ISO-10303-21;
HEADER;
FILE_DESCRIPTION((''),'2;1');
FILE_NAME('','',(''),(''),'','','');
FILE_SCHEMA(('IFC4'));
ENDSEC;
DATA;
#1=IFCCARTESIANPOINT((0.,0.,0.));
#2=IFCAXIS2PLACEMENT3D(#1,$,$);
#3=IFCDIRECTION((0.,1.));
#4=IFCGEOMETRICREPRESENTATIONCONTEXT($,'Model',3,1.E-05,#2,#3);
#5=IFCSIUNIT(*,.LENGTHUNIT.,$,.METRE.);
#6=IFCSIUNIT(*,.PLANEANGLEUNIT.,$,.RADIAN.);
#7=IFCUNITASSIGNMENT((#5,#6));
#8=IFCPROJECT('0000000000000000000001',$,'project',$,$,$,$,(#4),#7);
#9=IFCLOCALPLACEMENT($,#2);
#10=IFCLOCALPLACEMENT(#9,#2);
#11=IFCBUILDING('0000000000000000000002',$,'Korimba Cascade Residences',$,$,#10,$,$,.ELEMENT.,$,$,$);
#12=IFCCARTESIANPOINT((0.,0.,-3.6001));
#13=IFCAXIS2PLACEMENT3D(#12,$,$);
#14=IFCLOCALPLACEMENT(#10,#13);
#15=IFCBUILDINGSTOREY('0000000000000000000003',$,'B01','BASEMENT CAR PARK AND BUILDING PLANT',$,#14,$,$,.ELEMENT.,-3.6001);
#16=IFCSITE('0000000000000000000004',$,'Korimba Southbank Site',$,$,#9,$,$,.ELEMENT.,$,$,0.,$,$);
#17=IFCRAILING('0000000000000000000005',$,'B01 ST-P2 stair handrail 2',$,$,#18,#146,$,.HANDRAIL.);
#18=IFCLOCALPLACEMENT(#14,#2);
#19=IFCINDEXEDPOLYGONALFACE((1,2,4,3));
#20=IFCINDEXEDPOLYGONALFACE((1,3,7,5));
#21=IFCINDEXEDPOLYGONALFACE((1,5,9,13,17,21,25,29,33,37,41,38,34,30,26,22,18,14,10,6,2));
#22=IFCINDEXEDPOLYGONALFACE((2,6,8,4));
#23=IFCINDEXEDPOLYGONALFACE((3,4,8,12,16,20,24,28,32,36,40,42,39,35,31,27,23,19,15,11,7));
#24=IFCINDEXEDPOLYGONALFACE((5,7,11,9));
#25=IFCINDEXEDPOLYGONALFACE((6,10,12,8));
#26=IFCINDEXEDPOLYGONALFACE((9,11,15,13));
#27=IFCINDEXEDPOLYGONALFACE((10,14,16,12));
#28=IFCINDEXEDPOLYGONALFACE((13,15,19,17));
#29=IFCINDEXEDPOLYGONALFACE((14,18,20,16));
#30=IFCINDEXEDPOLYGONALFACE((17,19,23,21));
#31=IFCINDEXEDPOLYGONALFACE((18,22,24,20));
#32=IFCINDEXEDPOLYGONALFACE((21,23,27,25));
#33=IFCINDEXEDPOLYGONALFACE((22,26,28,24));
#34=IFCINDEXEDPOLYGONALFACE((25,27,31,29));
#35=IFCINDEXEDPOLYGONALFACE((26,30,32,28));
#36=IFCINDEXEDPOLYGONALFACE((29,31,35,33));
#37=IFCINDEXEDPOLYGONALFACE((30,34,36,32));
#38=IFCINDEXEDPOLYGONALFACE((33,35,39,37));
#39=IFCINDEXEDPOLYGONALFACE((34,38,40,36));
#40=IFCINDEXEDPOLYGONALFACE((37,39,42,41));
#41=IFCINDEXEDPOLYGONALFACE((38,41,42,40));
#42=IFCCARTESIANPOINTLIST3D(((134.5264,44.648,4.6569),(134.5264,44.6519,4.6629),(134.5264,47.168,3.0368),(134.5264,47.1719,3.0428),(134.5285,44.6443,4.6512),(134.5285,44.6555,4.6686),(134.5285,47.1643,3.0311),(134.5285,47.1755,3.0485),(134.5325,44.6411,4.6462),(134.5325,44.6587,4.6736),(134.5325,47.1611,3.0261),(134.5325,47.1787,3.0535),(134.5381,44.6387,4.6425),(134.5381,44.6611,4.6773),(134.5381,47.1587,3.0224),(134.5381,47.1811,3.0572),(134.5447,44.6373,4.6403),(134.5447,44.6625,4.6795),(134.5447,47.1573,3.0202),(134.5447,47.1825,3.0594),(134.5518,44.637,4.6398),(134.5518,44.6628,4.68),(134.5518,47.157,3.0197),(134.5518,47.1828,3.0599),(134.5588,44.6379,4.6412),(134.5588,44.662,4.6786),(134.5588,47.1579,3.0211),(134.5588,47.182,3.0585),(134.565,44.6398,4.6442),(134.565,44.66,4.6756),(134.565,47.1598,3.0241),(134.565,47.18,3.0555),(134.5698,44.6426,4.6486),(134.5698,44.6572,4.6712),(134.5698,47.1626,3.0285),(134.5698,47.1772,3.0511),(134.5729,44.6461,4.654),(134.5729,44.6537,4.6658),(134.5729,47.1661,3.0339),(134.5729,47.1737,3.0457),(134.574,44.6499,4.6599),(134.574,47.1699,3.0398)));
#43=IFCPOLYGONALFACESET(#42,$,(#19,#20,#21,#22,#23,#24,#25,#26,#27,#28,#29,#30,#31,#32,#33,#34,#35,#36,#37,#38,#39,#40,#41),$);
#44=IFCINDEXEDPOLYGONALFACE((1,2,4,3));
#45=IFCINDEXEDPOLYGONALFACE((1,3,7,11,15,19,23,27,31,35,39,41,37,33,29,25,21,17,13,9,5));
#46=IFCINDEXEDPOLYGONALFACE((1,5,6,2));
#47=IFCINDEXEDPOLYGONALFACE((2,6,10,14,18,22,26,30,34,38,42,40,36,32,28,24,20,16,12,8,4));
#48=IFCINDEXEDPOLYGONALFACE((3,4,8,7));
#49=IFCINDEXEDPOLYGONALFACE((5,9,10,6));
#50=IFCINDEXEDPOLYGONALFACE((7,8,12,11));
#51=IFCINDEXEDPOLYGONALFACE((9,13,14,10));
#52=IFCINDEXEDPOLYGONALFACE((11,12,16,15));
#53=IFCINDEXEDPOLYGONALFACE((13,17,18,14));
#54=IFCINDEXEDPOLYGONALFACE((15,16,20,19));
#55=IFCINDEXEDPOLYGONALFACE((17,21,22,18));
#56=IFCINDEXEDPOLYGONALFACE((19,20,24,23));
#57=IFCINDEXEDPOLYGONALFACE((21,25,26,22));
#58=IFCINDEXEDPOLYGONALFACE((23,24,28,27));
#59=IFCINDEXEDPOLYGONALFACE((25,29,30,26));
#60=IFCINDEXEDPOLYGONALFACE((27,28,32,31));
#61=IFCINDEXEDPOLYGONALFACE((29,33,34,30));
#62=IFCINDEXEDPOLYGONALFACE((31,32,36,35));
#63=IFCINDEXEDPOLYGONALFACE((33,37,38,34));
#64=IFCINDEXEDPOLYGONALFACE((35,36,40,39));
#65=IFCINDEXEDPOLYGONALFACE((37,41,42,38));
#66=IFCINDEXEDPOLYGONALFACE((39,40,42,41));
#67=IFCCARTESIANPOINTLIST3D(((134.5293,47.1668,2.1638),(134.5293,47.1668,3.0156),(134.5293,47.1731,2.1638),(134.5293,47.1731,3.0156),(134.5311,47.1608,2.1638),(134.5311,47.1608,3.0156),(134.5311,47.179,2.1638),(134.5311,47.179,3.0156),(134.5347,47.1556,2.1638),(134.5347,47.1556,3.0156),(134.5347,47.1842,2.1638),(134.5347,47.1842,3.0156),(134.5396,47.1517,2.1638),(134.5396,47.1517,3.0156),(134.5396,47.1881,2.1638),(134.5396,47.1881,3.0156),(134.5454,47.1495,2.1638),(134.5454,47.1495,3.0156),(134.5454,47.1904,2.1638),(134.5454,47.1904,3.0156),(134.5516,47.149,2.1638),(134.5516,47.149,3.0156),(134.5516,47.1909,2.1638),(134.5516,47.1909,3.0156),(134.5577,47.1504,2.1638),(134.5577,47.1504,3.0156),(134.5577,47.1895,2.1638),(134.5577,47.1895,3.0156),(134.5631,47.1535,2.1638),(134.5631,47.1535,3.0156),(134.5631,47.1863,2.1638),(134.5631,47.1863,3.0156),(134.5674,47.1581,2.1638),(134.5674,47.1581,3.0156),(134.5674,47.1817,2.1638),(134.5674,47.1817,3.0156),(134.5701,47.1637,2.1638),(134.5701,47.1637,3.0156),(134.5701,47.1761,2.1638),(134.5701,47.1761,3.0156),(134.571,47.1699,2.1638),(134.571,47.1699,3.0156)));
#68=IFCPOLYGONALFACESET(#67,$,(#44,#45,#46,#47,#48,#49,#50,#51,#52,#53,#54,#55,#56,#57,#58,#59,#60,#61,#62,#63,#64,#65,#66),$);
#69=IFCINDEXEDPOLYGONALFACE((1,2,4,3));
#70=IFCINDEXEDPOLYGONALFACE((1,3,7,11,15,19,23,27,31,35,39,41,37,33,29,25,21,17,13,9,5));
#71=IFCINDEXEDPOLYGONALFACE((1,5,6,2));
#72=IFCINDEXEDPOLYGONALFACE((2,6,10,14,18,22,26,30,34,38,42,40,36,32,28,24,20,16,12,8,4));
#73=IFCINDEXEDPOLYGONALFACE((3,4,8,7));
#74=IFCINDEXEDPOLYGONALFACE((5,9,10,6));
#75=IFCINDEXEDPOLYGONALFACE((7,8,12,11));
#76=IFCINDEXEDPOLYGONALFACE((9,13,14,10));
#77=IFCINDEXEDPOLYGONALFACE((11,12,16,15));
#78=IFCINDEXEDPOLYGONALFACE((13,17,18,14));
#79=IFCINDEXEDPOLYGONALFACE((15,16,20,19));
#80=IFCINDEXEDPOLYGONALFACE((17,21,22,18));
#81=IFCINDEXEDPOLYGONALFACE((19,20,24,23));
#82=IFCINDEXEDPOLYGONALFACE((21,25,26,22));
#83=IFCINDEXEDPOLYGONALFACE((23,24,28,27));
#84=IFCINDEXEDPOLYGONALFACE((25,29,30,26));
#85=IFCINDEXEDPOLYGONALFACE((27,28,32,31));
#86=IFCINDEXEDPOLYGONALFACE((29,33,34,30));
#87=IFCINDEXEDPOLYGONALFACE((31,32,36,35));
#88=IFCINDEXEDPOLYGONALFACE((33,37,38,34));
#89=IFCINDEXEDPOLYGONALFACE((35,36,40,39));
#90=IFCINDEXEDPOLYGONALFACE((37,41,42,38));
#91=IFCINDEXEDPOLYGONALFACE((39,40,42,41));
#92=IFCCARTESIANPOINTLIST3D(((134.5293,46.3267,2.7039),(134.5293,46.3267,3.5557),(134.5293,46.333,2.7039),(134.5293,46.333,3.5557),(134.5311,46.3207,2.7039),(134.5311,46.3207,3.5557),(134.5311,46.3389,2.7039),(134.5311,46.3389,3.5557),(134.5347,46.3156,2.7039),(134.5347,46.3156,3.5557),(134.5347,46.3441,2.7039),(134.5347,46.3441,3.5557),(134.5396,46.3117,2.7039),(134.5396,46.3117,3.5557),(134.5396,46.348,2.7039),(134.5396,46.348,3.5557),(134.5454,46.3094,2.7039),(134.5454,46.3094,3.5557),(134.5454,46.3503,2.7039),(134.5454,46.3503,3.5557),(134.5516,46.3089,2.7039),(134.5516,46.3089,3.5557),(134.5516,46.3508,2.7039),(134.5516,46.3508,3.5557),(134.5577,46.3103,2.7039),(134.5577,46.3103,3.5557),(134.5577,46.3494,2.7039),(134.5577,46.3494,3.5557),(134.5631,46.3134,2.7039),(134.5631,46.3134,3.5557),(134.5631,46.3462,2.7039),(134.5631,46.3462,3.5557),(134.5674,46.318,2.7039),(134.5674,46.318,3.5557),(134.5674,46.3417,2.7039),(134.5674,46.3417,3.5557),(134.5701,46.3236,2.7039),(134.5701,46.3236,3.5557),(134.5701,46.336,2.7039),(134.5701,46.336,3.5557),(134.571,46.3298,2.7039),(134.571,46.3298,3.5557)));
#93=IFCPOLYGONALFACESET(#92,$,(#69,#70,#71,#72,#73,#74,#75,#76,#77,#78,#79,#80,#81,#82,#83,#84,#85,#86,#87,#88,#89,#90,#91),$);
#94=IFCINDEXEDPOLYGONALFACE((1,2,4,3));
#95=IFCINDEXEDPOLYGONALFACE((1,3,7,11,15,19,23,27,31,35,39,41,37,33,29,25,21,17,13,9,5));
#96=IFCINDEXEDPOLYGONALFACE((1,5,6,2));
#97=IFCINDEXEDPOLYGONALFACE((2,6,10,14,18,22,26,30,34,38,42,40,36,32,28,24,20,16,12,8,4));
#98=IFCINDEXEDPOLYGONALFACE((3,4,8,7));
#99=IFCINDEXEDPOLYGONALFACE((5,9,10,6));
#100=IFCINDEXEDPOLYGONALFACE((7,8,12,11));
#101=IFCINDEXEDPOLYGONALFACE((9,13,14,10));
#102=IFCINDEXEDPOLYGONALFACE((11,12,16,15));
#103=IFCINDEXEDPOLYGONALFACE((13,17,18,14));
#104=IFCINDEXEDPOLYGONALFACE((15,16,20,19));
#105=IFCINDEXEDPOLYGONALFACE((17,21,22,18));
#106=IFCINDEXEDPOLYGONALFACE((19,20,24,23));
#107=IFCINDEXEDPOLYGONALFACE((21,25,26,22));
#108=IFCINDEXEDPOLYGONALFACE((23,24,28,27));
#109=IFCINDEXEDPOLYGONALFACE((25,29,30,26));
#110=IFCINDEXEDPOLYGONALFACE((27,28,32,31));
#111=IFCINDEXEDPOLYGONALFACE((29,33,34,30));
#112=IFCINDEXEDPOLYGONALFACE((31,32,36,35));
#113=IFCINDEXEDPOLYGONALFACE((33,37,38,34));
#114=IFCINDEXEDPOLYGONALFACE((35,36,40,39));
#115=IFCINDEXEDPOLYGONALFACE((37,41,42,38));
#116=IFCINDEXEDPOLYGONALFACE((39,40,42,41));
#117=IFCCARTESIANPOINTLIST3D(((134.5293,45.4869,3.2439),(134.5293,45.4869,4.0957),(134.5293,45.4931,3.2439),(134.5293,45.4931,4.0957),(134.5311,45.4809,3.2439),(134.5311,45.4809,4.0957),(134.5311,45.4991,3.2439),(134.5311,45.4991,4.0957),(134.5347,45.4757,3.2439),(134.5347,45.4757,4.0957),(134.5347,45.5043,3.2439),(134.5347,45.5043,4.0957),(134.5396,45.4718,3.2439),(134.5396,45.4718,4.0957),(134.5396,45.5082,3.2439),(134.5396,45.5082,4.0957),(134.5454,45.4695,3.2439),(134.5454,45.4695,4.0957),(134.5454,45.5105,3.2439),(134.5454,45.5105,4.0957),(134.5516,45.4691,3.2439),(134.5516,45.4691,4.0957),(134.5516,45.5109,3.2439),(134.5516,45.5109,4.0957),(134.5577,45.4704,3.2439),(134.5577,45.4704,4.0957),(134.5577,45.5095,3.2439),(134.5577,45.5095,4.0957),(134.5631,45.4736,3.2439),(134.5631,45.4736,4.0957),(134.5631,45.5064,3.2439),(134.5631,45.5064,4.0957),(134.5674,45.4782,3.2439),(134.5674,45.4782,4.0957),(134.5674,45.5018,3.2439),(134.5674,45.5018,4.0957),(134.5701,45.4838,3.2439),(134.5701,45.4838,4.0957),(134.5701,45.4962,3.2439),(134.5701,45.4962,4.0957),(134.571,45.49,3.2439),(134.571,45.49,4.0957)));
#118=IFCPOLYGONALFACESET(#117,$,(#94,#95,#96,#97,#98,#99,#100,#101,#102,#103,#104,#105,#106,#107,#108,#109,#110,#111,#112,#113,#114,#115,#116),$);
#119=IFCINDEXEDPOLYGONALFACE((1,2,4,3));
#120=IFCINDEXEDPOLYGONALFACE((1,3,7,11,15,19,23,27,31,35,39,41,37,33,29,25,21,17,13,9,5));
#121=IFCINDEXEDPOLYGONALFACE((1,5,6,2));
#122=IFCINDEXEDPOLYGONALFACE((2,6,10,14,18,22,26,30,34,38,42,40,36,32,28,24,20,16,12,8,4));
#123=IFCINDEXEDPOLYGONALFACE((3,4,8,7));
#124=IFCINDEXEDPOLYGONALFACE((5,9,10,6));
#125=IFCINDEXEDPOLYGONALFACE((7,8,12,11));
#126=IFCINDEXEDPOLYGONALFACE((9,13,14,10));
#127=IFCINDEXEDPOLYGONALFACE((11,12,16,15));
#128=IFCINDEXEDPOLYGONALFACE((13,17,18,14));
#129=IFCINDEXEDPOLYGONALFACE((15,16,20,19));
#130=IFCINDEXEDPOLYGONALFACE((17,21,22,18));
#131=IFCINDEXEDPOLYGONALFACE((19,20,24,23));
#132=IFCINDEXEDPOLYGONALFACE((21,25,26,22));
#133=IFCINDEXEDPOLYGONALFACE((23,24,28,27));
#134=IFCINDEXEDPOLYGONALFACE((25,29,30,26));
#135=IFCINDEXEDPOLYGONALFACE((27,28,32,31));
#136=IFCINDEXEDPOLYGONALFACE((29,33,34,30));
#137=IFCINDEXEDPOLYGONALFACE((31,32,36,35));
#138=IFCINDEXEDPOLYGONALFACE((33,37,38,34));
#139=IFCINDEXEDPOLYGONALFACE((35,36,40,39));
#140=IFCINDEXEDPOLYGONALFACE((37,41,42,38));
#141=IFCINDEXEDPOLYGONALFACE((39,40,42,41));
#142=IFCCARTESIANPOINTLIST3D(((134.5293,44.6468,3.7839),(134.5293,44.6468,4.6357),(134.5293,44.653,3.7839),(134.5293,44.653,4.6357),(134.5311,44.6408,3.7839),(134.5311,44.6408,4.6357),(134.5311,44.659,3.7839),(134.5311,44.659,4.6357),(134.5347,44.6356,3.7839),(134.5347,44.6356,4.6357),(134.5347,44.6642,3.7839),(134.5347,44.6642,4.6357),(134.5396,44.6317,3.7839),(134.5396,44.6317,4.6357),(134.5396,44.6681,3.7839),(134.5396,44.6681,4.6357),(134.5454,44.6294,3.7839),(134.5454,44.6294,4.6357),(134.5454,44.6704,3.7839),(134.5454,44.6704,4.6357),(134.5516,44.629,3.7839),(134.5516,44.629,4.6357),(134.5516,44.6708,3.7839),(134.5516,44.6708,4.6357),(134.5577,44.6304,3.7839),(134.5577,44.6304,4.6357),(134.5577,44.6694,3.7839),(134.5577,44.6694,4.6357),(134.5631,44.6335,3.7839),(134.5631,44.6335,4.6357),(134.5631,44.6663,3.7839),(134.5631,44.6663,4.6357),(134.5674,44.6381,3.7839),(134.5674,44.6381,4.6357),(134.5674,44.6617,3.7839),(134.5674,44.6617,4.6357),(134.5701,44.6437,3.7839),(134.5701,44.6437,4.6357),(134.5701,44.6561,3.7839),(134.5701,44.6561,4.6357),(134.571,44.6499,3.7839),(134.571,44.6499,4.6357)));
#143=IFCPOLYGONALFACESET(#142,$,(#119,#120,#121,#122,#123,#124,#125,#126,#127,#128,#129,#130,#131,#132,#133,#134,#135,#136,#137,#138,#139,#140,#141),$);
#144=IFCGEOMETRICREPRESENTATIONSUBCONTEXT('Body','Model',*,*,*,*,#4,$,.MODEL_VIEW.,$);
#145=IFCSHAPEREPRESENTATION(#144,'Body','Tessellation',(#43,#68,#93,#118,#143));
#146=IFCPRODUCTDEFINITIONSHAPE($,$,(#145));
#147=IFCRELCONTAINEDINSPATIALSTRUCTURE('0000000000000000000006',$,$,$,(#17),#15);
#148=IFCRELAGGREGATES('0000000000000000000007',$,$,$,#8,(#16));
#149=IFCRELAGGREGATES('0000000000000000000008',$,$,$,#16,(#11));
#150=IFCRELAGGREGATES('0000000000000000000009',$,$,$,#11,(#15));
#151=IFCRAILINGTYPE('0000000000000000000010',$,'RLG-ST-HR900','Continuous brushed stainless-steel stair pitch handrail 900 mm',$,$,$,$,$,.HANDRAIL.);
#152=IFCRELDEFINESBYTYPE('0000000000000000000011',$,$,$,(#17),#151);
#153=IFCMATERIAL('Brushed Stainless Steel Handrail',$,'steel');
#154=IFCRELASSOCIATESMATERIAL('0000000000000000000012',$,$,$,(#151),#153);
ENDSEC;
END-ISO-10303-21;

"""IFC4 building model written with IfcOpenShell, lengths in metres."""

from ifc_helpers import new_model, si_unit, direction, frame, origin, origin_2d, place, context, subcontext, project, spatial, circle, extrude, material, type_object, element, save


model = new_model("IFC4")

# Units and contexts
model_context = context("Model", 3, precision=1e-05, world=origin(), true_north=direction((0.0, 1.0)))
body_context = subcontext(model_context, "Body", "Model", "MODEL_VIEW")
ifc_project = project(units=[si_unit("LENGTHUNIT", "METRE"), si_unit("PLANEANGLEUNIT", "RADIAN")], contexts=[model_context])

# Site, building, storey
site_placement = place(None, origin())
site = spatial("IfcSite", under=ifc_project, at=site_placement, Name="Korimba Southbank Site", CompositionType="ELEMENT", RefElevation=0.0)
building_placement = place(site_placement, origin())
building = spatial("IfcBuilding", under=site, at=building_placement, Name="Korimba Cascade Residences", CompositionType="ELEMENT")
storey_placement = place(building_placement, frame((0.0, 0.0, -3.6001)))
storey = spatial("IfcBuildingStorey", under=building, at=storey_placement, Name="B01", Description="BASEMENT CAR PARK AND BUILDING PLANT", CompositionType="ELEMENT", Elevation=-3.6001)

# Railing
ifc_material_1 = material(Name="Brushed Stainless Steel Handrail", Category="steel")
railing_type_1 = type_object("IfcRailingType", Name="RLG-ST-HR900", Description="Continuous brushed stainless-steel stair pitch handrail 900 mm", PredefinedType="HANDRAIL", material=ifc_material_1)
railing_1_placement = place(storey_placement, frame((134.55, 47.1699, 2.1638)))
element("IfcRailing", 1, at=railing_1_placement, inside=storey, type_object=railing_type_1, Name="B01 ST-P2 stair handrail 2", PredefinedType="HANDRAIL", context=body_context, shape_type="SweptSolid", body=[
    extrude(circle(Radius=0.0239, at=origin_2d()), frame((0.0, 0.0, 0.876), z_axis=(0.0, -0.841163, 0.540782), x_axis=(1.0, 0.0, 0.0)), (0.0, 0.0, 1.0), 2.9958),
    extrude(circle(Radius=0.021, at=origin_2d()), origin(), (0.0, 0.0, 1.0), 0.8518),
    extrude(circle(Radius=0.021, at=origin_2d()), frame((0.0, -0.8401, 0.54)), (0.0, 0.0, 1.0), 0.8518),
    extrude(circle(Radius=0.021, at=origin_2d()), frame((0.0, -1.6799, 1.0801)), (0.0, 0.0, 1.0), 0.8518),
    extrude(circle(Radius=0.021, at=origin_2d()), frame((0.0, -2.52, 1.6201)), (0.0, 0.0, 1.0), 0.8518),
])

save(model, "model.ifc")
